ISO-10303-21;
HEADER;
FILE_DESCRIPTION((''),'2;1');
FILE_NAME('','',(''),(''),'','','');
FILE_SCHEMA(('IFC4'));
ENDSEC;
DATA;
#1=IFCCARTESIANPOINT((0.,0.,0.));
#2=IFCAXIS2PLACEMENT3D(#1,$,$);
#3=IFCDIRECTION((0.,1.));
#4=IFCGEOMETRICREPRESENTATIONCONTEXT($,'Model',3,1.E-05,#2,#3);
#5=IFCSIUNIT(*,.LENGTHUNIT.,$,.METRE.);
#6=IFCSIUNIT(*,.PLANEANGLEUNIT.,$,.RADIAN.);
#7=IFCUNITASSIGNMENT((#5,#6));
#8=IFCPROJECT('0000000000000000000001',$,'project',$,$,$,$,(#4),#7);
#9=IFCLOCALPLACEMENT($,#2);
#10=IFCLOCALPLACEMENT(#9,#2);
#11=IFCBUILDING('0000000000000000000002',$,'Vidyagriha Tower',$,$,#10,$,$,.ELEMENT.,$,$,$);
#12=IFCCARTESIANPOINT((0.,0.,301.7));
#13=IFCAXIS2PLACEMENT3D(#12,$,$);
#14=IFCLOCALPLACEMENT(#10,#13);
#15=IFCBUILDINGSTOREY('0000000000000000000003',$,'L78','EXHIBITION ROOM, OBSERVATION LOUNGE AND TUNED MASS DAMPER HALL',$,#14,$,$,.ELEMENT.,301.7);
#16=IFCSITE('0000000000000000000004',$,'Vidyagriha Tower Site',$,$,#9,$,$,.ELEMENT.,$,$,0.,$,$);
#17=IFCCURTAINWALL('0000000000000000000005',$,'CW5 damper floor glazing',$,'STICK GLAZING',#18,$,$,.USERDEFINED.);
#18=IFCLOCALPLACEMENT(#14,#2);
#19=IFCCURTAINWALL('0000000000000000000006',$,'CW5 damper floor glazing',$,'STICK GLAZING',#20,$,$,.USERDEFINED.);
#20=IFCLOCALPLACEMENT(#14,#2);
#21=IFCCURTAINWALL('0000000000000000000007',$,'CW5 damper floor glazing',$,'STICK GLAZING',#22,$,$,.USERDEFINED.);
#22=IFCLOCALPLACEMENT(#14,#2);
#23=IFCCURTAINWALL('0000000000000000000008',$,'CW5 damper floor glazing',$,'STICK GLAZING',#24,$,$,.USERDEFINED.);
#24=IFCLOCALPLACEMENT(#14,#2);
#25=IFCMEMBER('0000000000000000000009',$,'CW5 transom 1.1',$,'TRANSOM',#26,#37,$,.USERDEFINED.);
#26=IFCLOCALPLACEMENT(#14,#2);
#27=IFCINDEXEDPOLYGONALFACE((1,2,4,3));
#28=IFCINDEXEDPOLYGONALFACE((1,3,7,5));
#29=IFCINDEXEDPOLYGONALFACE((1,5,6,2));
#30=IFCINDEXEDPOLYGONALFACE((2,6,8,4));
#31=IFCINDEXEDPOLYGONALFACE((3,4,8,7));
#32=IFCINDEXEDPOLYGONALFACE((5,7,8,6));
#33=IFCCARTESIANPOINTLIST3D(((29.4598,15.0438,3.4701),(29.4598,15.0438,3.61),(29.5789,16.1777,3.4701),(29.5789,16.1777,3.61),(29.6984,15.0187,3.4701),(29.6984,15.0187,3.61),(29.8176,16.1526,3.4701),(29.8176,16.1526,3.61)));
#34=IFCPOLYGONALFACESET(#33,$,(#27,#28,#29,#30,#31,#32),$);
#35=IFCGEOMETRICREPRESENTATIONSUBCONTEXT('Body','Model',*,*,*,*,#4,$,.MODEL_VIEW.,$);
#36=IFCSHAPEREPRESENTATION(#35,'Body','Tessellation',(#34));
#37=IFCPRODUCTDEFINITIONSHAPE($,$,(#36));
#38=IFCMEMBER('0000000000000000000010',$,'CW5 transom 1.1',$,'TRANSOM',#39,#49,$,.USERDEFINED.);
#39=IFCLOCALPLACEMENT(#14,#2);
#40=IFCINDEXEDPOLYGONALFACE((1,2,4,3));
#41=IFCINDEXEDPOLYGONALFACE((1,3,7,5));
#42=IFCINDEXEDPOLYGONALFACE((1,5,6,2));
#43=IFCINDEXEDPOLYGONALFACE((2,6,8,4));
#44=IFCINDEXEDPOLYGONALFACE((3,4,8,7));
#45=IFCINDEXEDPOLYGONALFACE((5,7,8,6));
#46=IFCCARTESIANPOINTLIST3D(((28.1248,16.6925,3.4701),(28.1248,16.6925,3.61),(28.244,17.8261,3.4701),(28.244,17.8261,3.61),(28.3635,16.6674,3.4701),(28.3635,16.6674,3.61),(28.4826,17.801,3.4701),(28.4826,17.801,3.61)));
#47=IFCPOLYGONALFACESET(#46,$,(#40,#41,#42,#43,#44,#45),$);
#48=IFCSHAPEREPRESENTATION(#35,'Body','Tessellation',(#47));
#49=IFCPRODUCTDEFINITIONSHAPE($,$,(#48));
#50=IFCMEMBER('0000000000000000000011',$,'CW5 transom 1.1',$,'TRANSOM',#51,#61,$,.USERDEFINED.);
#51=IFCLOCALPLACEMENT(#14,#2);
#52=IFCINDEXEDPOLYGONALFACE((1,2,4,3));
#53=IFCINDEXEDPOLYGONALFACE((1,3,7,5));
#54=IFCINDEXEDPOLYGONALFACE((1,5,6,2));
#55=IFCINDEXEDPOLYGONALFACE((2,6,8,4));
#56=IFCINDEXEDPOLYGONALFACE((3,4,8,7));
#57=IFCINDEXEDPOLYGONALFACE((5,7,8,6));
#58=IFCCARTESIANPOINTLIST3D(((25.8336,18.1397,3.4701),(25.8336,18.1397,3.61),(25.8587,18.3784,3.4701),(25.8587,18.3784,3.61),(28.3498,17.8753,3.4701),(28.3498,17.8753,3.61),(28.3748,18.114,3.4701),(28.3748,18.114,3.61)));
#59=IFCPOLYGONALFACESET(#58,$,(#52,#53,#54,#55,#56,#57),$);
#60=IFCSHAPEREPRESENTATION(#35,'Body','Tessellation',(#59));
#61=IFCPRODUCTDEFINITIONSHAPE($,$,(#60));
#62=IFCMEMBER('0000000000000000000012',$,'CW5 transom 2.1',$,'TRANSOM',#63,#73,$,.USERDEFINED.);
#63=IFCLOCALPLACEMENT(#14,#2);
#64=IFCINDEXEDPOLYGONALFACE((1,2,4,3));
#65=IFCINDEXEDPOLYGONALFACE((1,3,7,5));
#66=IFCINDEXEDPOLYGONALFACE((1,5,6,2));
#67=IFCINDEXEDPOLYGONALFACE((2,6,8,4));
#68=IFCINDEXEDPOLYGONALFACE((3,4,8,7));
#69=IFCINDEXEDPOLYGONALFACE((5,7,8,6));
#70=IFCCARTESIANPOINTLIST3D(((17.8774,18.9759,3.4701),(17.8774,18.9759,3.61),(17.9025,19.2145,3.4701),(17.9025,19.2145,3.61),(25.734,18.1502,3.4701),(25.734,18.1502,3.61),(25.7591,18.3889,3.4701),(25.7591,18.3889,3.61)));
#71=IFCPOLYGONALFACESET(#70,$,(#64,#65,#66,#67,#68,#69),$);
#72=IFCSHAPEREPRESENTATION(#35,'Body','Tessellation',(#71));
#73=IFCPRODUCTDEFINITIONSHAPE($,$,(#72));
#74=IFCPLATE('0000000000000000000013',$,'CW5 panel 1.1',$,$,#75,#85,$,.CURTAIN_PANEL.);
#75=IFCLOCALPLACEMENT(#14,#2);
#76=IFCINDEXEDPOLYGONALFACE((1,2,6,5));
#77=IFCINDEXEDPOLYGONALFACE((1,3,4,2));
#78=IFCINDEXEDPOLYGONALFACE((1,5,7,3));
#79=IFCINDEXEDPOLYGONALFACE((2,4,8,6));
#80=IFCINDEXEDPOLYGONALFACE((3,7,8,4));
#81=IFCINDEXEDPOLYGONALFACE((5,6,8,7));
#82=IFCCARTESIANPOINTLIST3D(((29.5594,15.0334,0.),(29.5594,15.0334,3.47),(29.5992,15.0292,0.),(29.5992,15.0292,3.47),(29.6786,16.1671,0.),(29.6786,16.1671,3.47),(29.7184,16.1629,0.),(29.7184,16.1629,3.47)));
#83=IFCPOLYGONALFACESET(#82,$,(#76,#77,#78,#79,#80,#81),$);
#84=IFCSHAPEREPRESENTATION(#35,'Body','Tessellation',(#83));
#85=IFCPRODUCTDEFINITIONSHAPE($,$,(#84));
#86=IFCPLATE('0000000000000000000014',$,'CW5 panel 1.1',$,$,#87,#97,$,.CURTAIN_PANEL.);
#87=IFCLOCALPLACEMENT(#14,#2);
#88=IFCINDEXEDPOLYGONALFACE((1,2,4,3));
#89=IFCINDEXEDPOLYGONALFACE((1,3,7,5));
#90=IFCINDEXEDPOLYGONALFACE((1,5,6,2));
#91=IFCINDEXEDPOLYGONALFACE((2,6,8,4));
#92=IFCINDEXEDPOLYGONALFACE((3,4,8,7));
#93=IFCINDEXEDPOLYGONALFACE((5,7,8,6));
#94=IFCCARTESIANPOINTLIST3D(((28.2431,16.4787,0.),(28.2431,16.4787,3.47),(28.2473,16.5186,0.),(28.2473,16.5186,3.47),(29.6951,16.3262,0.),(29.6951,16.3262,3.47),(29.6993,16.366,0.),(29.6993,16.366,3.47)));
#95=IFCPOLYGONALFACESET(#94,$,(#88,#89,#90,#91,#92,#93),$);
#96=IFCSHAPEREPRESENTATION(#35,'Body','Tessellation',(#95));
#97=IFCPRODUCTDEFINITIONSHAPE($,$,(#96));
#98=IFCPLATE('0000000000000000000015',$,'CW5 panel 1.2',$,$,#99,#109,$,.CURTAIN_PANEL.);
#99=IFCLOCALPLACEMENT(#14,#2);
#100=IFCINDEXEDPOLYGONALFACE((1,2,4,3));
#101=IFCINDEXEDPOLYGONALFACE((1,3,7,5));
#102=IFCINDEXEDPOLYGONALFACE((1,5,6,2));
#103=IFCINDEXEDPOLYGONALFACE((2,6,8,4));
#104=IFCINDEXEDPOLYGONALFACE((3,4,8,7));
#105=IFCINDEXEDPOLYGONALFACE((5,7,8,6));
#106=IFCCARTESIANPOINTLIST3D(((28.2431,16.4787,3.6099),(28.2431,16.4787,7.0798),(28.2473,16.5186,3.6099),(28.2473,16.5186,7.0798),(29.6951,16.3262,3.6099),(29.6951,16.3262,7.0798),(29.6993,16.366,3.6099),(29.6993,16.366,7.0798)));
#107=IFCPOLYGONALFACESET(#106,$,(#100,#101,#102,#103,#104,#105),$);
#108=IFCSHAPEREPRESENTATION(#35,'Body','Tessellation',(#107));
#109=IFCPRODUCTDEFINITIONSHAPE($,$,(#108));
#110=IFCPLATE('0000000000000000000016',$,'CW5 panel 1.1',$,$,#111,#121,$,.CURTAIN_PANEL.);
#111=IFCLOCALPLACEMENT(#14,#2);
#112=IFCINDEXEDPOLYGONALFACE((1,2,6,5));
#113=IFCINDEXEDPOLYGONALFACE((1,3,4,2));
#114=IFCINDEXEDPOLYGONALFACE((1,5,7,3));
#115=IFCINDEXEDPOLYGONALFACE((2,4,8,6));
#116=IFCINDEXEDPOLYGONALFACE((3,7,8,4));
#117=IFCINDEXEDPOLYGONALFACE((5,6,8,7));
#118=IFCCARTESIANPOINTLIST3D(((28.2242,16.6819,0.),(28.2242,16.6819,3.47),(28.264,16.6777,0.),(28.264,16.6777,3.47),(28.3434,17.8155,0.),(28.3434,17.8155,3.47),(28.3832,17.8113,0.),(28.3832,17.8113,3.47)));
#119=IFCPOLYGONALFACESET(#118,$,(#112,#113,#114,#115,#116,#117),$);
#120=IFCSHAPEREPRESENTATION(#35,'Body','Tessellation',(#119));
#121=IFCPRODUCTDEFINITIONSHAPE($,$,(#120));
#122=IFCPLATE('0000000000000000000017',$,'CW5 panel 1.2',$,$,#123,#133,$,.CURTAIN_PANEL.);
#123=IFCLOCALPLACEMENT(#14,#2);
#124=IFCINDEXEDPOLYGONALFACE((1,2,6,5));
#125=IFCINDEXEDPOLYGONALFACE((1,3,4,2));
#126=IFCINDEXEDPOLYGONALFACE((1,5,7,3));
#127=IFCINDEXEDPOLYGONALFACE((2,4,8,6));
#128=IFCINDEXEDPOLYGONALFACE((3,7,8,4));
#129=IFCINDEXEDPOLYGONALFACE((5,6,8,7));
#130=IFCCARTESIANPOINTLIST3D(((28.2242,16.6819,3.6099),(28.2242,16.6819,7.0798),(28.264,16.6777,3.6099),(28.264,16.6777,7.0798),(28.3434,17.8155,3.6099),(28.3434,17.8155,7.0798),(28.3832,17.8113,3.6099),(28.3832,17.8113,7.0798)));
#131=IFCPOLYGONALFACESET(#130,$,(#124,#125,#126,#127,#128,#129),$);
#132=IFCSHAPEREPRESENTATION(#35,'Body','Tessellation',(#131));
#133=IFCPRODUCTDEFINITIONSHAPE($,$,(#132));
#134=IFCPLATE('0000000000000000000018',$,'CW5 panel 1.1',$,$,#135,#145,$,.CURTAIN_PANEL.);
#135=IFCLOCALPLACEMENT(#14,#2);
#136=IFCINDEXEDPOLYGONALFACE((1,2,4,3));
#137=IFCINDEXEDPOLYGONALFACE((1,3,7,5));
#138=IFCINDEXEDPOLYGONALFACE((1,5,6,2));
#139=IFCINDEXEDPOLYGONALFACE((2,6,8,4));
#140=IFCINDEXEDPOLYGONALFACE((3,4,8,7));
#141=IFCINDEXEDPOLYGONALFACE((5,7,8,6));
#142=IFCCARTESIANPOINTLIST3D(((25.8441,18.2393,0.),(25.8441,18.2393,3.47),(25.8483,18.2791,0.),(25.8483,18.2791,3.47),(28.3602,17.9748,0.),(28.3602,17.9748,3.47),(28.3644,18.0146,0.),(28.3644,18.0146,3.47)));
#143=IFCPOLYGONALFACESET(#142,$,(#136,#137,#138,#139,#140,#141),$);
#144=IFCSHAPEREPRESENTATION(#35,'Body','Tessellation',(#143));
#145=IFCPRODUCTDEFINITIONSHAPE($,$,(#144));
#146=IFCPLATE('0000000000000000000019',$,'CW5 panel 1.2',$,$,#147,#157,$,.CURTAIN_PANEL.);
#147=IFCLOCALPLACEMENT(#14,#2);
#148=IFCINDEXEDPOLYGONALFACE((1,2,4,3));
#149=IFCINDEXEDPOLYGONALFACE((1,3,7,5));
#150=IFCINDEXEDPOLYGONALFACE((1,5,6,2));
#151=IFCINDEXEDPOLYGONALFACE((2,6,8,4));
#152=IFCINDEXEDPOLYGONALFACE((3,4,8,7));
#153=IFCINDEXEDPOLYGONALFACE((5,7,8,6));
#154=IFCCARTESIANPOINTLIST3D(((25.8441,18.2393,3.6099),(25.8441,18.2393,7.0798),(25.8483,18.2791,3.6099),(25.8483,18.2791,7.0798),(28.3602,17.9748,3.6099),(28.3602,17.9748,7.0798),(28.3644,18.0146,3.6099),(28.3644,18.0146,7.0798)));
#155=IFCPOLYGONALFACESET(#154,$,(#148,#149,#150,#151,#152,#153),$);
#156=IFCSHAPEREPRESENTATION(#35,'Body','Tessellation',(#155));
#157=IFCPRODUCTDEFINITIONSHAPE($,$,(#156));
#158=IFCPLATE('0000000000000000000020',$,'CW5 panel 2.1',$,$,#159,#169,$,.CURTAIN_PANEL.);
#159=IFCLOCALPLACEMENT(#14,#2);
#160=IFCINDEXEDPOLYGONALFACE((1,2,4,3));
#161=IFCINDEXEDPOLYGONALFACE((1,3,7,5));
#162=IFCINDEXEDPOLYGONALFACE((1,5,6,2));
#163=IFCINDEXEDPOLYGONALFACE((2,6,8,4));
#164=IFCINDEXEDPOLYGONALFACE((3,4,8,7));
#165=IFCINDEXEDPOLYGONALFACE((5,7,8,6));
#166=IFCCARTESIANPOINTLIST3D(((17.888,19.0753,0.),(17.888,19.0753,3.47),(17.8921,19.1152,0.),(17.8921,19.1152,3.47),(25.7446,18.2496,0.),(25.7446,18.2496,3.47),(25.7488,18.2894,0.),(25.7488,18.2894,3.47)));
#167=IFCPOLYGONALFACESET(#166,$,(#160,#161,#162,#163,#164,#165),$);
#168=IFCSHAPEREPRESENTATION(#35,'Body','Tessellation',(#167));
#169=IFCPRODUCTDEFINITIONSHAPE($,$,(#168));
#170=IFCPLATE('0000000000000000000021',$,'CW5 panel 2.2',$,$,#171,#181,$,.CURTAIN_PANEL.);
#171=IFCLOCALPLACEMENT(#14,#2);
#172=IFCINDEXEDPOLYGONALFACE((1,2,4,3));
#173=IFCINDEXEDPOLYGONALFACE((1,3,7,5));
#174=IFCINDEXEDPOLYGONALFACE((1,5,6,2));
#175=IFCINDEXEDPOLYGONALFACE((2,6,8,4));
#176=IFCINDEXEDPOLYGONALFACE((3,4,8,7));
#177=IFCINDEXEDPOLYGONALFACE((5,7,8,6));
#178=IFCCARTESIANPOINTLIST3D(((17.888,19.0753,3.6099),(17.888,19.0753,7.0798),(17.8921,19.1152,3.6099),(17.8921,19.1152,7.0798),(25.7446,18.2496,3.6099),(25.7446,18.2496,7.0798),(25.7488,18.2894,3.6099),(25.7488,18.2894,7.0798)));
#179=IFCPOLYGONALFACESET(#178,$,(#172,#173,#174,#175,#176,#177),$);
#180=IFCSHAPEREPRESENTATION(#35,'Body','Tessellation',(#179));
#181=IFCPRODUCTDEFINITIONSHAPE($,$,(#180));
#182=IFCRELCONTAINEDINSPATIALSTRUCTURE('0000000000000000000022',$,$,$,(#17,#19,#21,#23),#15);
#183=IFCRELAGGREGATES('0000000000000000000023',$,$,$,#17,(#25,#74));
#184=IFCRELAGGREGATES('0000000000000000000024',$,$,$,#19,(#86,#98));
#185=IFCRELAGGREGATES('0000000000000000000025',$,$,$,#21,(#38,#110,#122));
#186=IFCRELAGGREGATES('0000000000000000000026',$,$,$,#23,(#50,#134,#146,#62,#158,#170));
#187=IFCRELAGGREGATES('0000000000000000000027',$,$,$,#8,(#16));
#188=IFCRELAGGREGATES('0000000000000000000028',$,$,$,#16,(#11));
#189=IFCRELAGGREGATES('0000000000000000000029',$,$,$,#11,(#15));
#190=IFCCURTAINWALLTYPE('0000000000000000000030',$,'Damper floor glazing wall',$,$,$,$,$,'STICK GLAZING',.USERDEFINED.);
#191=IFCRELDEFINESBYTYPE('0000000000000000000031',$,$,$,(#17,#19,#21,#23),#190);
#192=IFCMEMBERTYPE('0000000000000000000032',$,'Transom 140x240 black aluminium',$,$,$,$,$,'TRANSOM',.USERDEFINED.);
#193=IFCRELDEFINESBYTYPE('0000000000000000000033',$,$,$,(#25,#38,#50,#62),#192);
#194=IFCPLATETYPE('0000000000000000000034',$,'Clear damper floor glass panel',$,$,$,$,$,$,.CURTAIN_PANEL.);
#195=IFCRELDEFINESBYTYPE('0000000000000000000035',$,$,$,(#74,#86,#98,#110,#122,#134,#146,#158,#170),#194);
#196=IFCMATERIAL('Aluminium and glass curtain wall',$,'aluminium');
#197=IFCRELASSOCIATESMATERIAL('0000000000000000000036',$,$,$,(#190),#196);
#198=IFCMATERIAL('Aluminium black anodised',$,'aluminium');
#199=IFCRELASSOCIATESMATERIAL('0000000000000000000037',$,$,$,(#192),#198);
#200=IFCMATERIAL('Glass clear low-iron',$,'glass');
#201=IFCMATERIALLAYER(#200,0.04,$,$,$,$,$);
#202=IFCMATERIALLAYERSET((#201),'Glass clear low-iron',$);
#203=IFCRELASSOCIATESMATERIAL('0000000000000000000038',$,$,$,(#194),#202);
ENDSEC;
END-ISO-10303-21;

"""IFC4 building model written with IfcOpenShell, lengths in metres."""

from ifc_helpers import new_model, si_unit, direction, frame, origin, origin_2d, place, context, subcontext, project, spatial, rectangle, extrude, material, layer, layer_set, material_profile, profile_set, type_object, element, aggregate, save


model = new_model("IFC4")

# Units and contexts
model_context = context("Model", 3, precision=1e-05, world=origin(), true_north=direction((0.0, 1.0)))
body_context = subcontext(model_context, "Body", "Model", "MODEL_VIEW")
ifc_project = project(units=[si_unit("LENGTHUNIT", "METRE"), si_unit("PLANEANGLEUNIT", "RADIAN")], contexts=[model_context])

# Site, building, storey
site_placement = place(None, origin())
site = spatial("IfcSite", under=ifc_project, at=site_placement, Name="Vidyagriha Tower Site", CompositionType="ELEMENT", RefElevation=0.0)
building_placement = place(site_placement, origin())
building = spatial("IfcBuilding", under=site, at=building_placement, Name="Vidyagriha Tower", CompositionType="ELEMENT")
storey_placement = place(building_placement, frame((0.0, 0.0, 301.7)))
storey = spatial("IfcBuildingStorey", under=building, at=storey_placement, Name="L78", Description="EXHIBITION ROOM, OBSERVATION LOUNGE AND TUNED MASS DAMPER HALL", CompositionType="ELEMENT", Elevation=301.7)

# Curtain walls
ifc_material_1 = material(Name="Aluminium and glass curtain wall", Category="aluminium")
curtain_wall_type = type_object("IfcCurtainWallType", Name="Damper floor glazing wall", ElementType="STICK GLAZING", PredefinedType="USERDEFINED", material=ifc_material_1)
curtain_wall_1_placement = place(storey_placement, origin())
curtain_wall_1 = element("IfcCurtainWall", 1, at=curtain_wall_1_placement, inside=storey, type_object=curtain_wall_type, Name="CW5 damper floor glazing", ObjectType="STICK GLAZING", PredefinedType="USERDEFINED")
curtain_wall_2_placement = place(storey_placement, origin())
curtain_wall_2 = element("IfcCurtainWall", 2, at=curtain_wall_2_placement, inside=storey, type_object=curtain_wall_type, Name="CW5 damper floor glazing", ObjectType="STICK GLAZING", PredefinedType="USERDEFINED")

# Curtain walls
curtain_wall_3_placement = place(storey_placement, origin())
curtain_wall_3 = element("IfcCurtainWall", 3, at=curtain_wall_3_placement, inside=storey, type_object=curtain_wall_type, Name="CW5 damper floor glazing", ObjectType="STICK GLAZING", PredefinedType="USERDEFINED")
curtain_wall_4_placement = place(storey_placement, origin())
curtain_wall_4 = element("IfcCurtainWall", 4, at=curtain_wall_4_placement, inside=storey, type_object=curtain_wall_type, Name="CW5 damper floor glazing", ObjectType="STICK GLAZING", PredefinedType="USERDEFINED")

# Members
ifc_material_2 = material(Name="Aluminium black anodised", Category="aluminium")
ifc_material_profile_1 = material_profile(ifc_material_2, rectangle(XDim=0.24, YDim=0.1399, at=origin_2d()), Name="Transom 140x240 black aluminium")
ifc_profile_set_1 = profile_set([ifc_material_profile_1], Name="Aluminium black anodised")
member_type_1 = type_object("IfcMemberType", Name="Transom 140x240 black aluminium", ElementType="TRANSOM", PredefinedType="USERDEFINED", material=ifc_profile_set_1)
member_1_placement = place(storey_placement, frame((29.5791, 15.0312, 3.54), z_axis=(0.104506, 0.994524, 0.0), x_axis=(-0.994524, 0.104506, 0.0)))
member_1 = element("IfcMember", 5, at=member_1_placement, type_object=member_type_1, Name="CW5 transom 1.1", ObjectType="TRANSOM", PredefinedType="USERDEFINED", context=body_context, shape_type="SweptSolid", body=[
    extrude(rectangle(XDim=0.24, YDim=0.1399, at=origin_2d()), origin(), (0.0, 0.0, 1.0), 1.1401),
])
member_2_placement = place(storey_placement, frame((28.2441, 16.6799, 3.54), z_axis=(0.104529, 0.994522, 0.0), x_axis=(-0.994522, 0.104529, 0.0)))
member_2 = element("IfcMember", 6, at=member_2_placement, type_object=member_type_1, Name="CW5 transom 1.1", ObjectType="TRANSOM", PredefinedType="USERDEFINED", context=body_context, shape_type="SweptSolid", body=[
    extrude(rectangle(XDim=0.24, YDim=0.1399, at=origin_2d()), origin(), (0.0, 0.0, 1.0), 1.1399),
])
member_3_placement = place(storey_placement, frame((28.3623, 17.9946, 3.54), z_axis=(-0.994524, 0.104509, 0.0), x_axis=(-0.104509, -0.994524, 0.0)))
member_3 = element("IfcMember", 7, at=member_3_placement, type_object=member_type_1, Name="CW5 transom 1.1", ObjectType="TRANSOM", PredefinedType="USERDEFINED", context=body_context, shape_type="SweptSolid", body=[
    extrude(rectangle(XDim=0.24, YDim=0.1399, at=origin_2d()), origin(), (0.0, 0.0, 1.0), 2.53),
])
member_4_placement = place(storey_placement, frame((25.7466, 18.2695, 3.54), z_axis=(-0.994523, 0.104517, 0.0), x_axis=(-0.104517, -0.994523, 0.0)))
member_4 = element("IfcMember", 8, at=member_4_placement, type_object=member_type_1, Name="CW5 transom 2.1", ObjectType="TRANSOM", PredefinedType="USERDEFINED", context=body_context, shape_type="SweptSolid", body=[
    extrude(rectangle(XDim=0.24, YDim=0.1399, at=origin_2d()), origin(), (0.0, 0.0, 1.0), 7.8999),
])

# Plates
ifc_material_3 = material(Name="Glass clear low-iron", Category="glass")
ifc_layer = layer(ifc_material_3, 0.04)
ifc_layer_set = layer_set([ifc_layer], Name="Glass clear low-iron")
plate_type = type_object("IfcPlateType", Name="Clear damper floor glass panel", PredefinedType="CURTAIN_PANEL", material=ifc_layer_set)
plate_1_placement = place(storey_placement, frame((29.6389, 15.5981, 0.0), z_axis=(0.0, 0.0, 1.0), x_axis=(0.104557, 0.994519, 0.0)))
plate_1 = element("IfcPlate", 9, at=plate_1_placement, type_object=plate_type, Name="CW5 panel 1.1", PredefinedType="CURTAIN_PANEL", context=body_context, shape_type="SweptSolid", body=[
    extrude(rectangle(XDim=1.1399, YDim=0.04, at=origin_2d()), origin(), (0.0, 0.0, 1.0), 3.47),
])
aggregate(curtain_wall_1, [member_1, plate_1])
plate_2_placement = place(storey_placement, frame((28.9712, 16.4224, 0.0), z_axis=(0.0, 0.0, 1.0), x_axis=(-0.994523, 0.104519, 0.0)))
plate_2 = element("IfcPlate", 10, at=plate_2_placement, type_object=plate_type, Name="CW5 panel 1.1", PredefinedType="CURTAIN_PANEL", context=body_context, shape_type="SweptSolid", body=[
    extrude(rectangle(XDim=1.46, YDim=0.04, at=origin_2d()), origin(), (0.0, 0.0, 1.0), 3.47),
])
plate_3_placement = place(storey_placement, frame((28.9712, 16.4224, 3.6099), z_axis=(0.0, 0.0, 1.0), x_axis=(-0.994523, 0.104519, 0.0)))
plate_3 = element("IfcPlate", 11, at=plate_3_placement, type_object=plate_type, Name="CW5 panel 1.2", PredefinedType="CURTAIN_PANEL", context=body_context, shape_type="SweptSolid", body=[
    extrude(rectangle(XDim=1.46, YDim=0.04, at=origin_2d()), origin(), (0.0, 0.0, 1.0), 3.47),
])
aggregate(curtain_wall_2, [plate_2, plate_3])
plate_4_placement = place(storey_placement, frame((28.3037, 17.2466, 0.0), z_axis=(0.0, 0.0, 1.0), x_axis=(0.104557, 0.994519, 0.0)))
plate_4 = element("IfcPlate", 12, at=plate_4_placement, type_object=plate_type, Name="CW5 panel 1.1", PredefinedType="CURTAIN_PANEL", context=body_context, shape_type="SweptSolid", body=[
    extrude(rectangle(XDim=1.1399, YDim=0.04, at=origin_2d()), origin(), (0.0, 0.0, 1.0), 3.47),
])
plate_5_placement = place(storey_placement, frame((28.3037, 17.2466, 3.6099), z_axis=(0.0, 0.0, 1.0), x_axis=(0.104557, 0.994519, 0.0)))
plate_5 = element("IfcPlate", 13, at=plate_5_placement, type_object=plate_type, Name="CW5 panel 1.2", PredefinedType="CURTAIN_PANEL", context=body_context, shape_type="SweptSolid", body=[
    extrude(rectangle(XDim=1.1399, YDim=0.04, at=origin_2d()), origin(), (0.0, 0.0, 1.0), 3.47),
])
aggregate(curtain_wall_3, [member_2, plate_4, plate_5])
plate_6_placement = place(storey_placement, frame((27.1042, 18.127, 0.0), z_axis=(0.0, 0.0, 1.0), x_axis=(-0.994522, 0.104528, 0.0)))
plate_6 = element("IfcPlate", 14, at=plate_6_placement, type_object=plate_type, Name="CW5 panel 1.1", PredefinedType="CURTAIN_PANEL", context=body_context, shape_type="SweptSolid", body=[
    extrude(rectangle(XDim=2.53, YDim=0.04, at=origin_2d()), origin(), (0.0, 0.0, 1.0), 3.47),
])
plate_7_placement = place(storey_placement, frame((27.1042, 18.127, 3.6099), z_axis=(0.0, 0.0, 1.0), x_axis=(-0.994522, 0.104528, 0.0)))
plate_7 = element("IfcPlate", 15, at=plate_7_placement, type_object=plate_type, Name="CW5 panel 1.2", PredefinedType="CURTAIN_PANEL", context=body_context, shape_type="SweptSolid", body=[
    extrude(rectangle(XDim=2.53, YDim=0.04, at=origin_2d()), origin(), (0.0, 0.0, 1.0), 3.47),
])
plate_8_placement = place(storey_placement, frame((21.8184, 18.6824, 0.0), z_axis=(0.0, 0.0, 1.0), x_axis=(-0.994522, 0.104528, 0.0)))
plate_8 = element("IfcPlate", 16, at=plate_8_placement, type_object=plate_type, Name="CW5 panel 2.1", PredefinedType="CURTAIN_PANEL", context=body_context, shape_type="SweptSolid", body=[
    extrude(rectangle(XDim=7.8999, YDim=0.04, at=origin_2d()), origin(), (0.0, 0.0, 1.0), 3.47),
])
plate_9_placement = place(storey_placement, frame((21.8184, 18.6824, 3.6099), z_axis=(0.0, 0.0, 1.0), x_axis=(-0.994522, 0.104528, 0.0)))
plate_9 = element("IfcPlate", 17, at=plate_9_placement, type_object=plate_type, Name="CW5 panel 2.2", PredefinedType="CURTAIN_PANEL", context=body_context, shape_type="SweptSolid", body=[
    extrude(rectangle(XDim=7.8999, YDim=0.04, at=origin_2d()), origin(), (0.0, 0.0, 1.0), 3.47),
])
aggregate(curtain_wall_4, [member_3, plate_6, plate_7, member_4, plate_8, plate_9])

save(model, "model.ifc")
